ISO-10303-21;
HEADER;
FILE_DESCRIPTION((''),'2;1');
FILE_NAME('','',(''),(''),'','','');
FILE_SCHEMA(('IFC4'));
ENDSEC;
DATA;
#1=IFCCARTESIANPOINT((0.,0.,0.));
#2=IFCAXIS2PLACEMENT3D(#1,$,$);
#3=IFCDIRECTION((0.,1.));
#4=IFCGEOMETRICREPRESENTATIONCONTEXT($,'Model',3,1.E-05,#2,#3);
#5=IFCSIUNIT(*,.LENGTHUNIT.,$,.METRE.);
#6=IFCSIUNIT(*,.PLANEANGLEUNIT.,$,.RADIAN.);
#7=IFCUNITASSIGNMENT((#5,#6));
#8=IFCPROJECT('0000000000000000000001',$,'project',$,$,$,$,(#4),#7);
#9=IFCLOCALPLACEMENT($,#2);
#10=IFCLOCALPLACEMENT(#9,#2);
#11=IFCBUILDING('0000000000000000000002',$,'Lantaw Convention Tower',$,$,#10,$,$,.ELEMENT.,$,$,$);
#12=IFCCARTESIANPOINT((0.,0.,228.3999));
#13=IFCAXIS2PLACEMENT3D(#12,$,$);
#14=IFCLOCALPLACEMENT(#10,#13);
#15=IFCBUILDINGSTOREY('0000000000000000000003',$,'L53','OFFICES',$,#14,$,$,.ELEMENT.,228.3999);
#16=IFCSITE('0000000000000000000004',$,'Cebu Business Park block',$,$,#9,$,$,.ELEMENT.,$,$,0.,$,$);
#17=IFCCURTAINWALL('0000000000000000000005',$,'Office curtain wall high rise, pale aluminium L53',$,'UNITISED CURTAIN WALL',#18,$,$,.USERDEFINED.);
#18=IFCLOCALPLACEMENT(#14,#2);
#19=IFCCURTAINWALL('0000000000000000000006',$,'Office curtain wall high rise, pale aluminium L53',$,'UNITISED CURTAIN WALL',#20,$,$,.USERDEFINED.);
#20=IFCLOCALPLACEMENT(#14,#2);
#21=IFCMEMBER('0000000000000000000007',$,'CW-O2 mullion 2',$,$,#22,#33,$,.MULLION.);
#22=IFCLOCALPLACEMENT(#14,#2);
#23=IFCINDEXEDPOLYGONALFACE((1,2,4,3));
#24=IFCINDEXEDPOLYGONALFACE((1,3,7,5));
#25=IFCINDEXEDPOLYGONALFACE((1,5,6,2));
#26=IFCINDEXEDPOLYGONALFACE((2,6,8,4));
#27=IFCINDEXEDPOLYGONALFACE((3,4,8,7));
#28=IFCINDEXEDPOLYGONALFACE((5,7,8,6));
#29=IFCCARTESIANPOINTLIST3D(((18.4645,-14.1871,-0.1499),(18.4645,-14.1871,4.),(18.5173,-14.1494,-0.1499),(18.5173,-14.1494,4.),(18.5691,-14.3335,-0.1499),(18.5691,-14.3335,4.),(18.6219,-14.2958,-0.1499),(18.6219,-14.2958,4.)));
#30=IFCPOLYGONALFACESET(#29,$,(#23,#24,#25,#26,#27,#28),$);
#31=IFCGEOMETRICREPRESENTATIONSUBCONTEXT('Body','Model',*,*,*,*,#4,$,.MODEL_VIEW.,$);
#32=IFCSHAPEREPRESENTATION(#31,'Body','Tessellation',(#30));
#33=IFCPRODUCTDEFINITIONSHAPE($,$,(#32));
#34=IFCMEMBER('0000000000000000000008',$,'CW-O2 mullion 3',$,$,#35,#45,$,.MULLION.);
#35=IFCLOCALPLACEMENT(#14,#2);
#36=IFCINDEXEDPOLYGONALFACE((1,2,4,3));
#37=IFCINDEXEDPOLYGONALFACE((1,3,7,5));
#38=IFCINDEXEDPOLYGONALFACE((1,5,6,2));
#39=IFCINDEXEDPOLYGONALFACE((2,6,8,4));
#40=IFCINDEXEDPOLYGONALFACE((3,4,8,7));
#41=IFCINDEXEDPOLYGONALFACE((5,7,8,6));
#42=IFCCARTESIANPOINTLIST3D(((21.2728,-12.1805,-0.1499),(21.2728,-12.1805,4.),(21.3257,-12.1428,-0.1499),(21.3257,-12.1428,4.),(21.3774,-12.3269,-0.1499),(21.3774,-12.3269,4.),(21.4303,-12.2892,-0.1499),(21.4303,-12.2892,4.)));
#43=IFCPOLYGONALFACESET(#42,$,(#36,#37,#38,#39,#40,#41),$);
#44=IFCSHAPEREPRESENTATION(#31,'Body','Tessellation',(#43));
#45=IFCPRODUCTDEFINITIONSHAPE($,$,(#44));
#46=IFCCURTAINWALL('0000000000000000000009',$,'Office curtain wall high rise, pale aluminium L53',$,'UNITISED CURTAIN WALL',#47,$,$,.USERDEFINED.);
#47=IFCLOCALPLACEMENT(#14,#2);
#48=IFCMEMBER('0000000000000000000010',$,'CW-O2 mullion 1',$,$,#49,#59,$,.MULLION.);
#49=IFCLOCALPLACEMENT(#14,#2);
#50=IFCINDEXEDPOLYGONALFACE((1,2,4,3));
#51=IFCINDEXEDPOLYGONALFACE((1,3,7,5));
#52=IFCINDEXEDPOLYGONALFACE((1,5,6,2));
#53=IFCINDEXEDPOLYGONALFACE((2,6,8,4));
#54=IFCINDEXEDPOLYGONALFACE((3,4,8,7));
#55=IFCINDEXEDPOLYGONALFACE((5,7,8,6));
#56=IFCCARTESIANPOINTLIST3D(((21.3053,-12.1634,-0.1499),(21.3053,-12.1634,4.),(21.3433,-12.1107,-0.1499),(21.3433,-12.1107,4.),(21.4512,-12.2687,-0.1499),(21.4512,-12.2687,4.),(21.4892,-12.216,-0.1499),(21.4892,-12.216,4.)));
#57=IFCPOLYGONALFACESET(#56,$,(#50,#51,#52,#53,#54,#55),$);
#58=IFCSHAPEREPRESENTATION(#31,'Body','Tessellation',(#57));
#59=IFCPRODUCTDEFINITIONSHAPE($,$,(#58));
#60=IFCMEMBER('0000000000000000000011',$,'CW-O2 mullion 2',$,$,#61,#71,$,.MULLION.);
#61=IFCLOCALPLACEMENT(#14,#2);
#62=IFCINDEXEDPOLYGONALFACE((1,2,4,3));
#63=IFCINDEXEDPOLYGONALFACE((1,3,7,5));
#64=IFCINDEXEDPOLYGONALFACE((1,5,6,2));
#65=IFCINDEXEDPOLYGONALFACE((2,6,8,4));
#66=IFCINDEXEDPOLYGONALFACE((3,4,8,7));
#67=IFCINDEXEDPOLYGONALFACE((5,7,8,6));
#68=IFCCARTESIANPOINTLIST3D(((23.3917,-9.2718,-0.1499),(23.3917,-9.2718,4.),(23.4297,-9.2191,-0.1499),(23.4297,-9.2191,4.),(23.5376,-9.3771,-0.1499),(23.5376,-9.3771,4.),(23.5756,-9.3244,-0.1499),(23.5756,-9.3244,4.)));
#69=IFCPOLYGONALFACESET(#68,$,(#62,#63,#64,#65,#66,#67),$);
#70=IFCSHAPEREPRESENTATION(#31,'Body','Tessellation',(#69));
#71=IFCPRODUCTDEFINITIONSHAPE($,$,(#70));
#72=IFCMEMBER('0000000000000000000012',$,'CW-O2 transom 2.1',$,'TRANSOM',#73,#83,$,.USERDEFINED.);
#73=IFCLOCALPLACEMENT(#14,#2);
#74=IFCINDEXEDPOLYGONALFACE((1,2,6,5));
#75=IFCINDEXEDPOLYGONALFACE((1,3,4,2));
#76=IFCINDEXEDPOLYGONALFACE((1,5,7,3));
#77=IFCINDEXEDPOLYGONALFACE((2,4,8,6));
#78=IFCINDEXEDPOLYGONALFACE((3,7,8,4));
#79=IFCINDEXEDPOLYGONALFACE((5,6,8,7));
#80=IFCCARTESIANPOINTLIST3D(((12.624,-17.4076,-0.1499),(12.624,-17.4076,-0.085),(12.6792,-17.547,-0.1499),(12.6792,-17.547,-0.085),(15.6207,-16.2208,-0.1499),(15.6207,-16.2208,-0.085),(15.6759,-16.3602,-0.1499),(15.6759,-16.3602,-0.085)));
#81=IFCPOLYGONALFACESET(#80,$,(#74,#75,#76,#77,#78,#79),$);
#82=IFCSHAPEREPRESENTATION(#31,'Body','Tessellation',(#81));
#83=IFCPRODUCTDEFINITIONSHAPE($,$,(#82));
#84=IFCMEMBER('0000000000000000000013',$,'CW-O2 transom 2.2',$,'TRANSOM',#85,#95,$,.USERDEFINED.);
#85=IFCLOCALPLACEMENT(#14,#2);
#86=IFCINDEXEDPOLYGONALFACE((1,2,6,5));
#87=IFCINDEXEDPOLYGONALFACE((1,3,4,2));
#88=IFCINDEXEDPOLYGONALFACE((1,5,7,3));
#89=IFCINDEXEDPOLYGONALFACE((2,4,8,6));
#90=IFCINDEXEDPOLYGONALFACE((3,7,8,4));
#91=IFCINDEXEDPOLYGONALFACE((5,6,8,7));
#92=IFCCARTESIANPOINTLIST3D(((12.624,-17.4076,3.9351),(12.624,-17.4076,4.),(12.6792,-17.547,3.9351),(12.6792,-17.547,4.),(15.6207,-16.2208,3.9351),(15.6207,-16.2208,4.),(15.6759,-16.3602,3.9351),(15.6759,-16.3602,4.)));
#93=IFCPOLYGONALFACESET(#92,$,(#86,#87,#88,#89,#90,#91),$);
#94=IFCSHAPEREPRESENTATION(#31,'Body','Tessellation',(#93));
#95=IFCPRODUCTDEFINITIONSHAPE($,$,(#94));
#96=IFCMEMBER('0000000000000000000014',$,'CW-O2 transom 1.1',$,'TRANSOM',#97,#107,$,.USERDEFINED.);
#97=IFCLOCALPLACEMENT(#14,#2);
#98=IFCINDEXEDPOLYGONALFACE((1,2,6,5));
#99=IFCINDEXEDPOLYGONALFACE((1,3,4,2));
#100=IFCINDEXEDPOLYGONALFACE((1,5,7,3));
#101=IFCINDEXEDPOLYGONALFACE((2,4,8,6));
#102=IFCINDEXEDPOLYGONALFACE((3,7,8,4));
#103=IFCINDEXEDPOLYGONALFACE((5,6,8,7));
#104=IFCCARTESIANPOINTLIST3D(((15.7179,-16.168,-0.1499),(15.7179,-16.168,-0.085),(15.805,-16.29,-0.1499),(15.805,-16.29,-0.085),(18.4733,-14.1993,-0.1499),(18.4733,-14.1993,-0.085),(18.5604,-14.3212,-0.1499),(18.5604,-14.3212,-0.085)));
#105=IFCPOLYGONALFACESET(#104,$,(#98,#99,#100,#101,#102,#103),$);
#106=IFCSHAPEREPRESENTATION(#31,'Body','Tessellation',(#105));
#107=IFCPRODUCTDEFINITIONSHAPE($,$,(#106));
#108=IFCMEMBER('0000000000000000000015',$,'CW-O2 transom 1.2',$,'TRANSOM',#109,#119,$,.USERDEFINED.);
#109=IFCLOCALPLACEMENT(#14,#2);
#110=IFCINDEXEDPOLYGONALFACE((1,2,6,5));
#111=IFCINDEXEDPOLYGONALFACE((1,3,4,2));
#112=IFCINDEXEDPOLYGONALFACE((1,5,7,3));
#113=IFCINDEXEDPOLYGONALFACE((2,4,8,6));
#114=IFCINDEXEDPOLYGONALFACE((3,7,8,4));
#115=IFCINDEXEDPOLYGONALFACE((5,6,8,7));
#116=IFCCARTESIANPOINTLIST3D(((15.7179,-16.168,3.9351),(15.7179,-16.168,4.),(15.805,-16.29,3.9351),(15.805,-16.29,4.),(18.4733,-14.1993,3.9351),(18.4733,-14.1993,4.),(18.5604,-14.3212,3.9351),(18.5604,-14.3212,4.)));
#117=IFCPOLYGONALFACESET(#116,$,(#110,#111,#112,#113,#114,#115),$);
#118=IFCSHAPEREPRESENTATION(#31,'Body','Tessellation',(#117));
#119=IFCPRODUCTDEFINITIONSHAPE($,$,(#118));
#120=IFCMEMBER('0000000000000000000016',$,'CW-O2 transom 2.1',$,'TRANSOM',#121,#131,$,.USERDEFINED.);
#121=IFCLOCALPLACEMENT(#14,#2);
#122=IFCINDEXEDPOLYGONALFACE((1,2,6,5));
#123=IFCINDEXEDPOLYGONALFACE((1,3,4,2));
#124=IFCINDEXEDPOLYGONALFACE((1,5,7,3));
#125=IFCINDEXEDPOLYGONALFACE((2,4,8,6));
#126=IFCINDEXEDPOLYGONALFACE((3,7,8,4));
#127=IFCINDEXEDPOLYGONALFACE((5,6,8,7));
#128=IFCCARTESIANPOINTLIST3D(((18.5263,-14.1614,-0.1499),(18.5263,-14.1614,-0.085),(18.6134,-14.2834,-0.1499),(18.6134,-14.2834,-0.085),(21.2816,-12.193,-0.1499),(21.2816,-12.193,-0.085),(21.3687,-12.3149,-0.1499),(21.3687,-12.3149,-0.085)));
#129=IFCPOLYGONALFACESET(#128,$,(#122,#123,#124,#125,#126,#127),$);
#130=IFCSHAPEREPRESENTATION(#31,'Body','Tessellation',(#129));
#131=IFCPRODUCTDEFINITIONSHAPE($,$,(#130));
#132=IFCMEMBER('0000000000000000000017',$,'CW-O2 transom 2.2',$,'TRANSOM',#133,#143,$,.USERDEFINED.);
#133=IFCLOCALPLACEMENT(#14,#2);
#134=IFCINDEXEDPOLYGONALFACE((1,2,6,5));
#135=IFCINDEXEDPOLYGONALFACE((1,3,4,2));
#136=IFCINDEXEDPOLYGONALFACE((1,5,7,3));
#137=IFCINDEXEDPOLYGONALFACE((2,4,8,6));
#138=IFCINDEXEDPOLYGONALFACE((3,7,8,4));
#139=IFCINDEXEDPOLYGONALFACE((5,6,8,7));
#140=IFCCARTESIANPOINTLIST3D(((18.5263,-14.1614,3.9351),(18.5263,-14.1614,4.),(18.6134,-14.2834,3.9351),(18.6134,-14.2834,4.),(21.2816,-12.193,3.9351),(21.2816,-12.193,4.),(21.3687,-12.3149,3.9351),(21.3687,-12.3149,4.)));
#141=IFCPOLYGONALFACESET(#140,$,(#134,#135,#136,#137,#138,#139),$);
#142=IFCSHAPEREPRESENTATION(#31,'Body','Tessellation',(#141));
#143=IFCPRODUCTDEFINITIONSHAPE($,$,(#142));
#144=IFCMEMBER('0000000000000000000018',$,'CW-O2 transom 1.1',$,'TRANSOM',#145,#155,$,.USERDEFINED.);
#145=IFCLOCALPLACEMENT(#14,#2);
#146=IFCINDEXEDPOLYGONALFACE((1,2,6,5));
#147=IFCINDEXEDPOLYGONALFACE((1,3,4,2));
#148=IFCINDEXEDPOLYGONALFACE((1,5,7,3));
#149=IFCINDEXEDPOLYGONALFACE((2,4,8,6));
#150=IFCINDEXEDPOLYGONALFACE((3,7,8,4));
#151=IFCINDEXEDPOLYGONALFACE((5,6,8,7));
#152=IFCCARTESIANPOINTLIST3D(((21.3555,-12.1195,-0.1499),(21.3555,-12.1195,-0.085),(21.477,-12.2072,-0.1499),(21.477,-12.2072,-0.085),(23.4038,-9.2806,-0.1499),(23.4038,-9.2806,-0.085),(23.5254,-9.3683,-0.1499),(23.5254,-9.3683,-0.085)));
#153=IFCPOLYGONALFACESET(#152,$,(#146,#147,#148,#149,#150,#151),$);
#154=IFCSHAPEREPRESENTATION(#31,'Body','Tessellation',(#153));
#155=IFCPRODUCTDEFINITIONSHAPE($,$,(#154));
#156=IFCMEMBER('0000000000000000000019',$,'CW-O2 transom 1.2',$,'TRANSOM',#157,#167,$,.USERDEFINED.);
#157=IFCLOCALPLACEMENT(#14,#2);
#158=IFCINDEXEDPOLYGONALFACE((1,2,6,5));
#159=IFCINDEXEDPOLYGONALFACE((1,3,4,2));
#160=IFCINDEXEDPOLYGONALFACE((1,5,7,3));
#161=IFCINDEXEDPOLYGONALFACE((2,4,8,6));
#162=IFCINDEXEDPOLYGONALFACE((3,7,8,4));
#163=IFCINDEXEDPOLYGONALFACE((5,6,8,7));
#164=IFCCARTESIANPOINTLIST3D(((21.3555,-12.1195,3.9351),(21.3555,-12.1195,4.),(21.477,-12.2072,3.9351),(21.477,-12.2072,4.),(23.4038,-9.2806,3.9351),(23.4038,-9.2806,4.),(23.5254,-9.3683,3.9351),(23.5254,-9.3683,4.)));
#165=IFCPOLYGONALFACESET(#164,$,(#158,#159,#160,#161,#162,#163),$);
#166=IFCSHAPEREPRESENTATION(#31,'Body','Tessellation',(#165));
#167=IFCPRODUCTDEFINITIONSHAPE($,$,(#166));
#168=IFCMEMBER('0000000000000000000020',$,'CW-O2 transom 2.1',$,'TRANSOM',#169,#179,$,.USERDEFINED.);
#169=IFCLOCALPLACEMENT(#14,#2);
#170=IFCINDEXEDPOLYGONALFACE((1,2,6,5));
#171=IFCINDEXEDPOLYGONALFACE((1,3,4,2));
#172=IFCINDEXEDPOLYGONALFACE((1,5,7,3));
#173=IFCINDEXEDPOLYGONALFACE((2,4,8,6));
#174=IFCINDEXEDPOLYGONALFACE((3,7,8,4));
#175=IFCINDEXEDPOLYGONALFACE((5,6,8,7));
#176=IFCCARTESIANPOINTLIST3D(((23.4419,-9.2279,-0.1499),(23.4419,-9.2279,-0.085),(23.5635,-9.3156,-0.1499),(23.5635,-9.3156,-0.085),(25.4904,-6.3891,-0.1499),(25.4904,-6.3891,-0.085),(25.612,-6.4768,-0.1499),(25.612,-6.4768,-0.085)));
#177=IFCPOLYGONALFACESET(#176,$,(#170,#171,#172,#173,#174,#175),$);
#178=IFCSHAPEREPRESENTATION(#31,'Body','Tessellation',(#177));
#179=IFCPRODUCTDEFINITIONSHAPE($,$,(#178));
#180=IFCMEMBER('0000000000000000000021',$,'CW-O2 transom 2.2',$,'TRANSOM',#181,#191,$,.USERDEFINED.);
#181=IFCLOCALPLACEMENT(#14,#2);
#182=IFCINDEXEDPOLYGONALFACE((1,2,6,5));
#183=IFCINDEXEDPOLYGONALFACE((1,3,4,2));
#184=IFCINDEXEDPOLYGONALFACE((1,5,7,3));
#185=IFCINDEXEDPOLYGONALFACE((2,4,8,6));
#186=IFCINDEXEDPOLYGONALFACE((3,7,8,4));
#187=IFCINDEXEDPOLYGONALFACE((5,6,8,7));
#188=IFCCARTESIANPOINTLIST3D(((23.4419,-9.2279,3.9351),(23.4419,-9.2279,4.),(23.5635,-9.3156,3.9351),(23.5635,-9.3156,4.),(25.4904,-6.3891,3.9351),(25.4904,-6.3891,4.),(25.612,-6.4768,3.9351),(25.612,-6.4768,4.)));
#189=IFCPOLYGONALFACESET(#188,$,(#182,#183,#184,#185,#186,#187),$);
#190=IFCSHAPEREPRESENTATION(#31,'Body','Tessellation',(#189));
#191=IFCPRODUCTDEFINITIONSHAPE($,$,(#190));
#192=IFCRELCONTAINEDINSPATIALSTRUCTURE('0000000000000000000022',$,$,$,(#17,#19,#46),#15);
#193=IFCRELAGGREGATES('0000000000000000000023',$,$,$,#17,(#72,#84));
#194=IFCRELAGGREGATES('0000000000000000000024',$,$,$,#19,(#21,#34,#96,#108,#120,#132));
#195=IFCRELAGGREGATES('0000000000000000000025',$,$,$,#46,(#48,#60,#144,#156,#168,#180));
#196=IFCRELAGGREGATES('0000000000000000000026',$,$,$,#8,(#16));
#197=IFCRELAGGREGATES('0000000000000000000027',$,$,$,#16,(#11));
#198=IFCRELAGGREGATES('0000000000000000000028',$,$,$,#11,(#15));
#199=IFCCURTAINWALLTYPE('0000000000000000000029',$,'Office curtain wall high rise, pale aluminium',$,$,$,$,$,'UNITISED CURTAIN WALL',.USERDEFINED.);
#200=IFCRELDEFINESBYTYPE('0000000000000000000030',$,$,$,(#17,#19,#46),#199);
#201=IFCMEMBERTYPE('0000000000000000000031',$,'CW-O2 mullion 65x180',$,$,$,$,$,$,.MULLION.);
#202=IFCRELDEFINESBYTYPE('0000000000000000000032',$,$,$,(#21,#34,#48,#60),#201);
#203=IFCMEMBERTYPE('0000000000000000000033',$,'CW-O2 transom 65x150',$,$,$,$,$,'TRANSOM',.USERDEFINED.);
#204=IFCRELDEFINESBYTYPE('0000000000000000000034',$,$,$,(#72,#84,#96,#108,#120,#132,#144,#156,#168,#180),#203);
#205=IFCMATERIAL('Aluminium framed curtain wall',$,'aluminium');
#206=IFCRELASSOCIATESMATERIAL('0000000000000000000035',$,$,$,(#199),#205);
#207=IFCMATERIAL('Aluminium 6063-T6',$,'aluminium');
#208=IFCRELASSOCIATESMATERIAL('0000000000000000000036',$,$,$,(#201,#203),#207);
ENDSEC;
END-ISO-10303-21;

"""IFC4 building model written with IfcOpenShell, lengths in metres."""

from ifc_helpers import new_model, si_unit, direction, frame, origin, origin_2d, place, context, subcontext, project, spatial, rectangle, extrude, material, material_profile, profile_set, type_object, element, aggregate, save


model = new_model("IFC4")

# Units and contexts
model_context = context("Model", 3, precision=1e-05, world=origin(), true_north=direction((0.0, 1.0)))
body_context = subcontext(model_context, "Body", "Model", "MODEL_VIEW")
ifc_project = project(units=[si_unit("LENGTHUNIT", "METRE"), si_unit("PLANEANGLEUNIT", "RADIAN")], contexts=[model_context])

# Site, building, storey
site_placement = place(None, origin())
site = spatial("IfcSite", under=ifc_project, at=site_placement, Name="Cebu Business Park block", CompositionType="ELEMENT", RefElevation=0.0)
building_placement = place(site_placement, origin())
building = spatial("IfcBuilding", under=site, at=building_placement, Name="Lantaw Convention Tower", CompositionType="ELEMENT")
storey_placement = place(building_placement, frame((0.0, 0.0, 228.3999)))
storey = spatial("IfcBuildingStorey", under=building, at=storey_placement, Name="L53", Description="OFFICES", CompositionType="ELEMENT", Elevation=228.3999)

# Curtain walls, members
ifc_material_1 = material(Name="Aluminium framed curtain wall", Category="aluminium")
curtain_wall_type = type_object("IfcCurtainWallType", Name="Office curtain wall high rise, pale aluminium", ElementType="UNITISED CURTAIN WALL", PredefinedType="USERDEFINED", material=ifc_material_1)
curtain_wall_1_placement = place(storey_placement, origin())
curtain_wall_1 = element("IfcCurtainWall", 1, at=curtain_wall_1_placement, inside=storey, type_object=curtain_wall_type, Name="Office curtain wall high rise, pale aluminium L53", ObjectType="UNITISED CURTAIN WALL", PredefinedType="USERDEFINED")
ifc_material_2 = material(Name="Aluminium 6063-T6", Category="aluminium")
ifc_material_profile_1 = material_profile(ifc_material_2, rectangle(XDim=0.1799, YDim=0.0649, at=origin_2d()), Name="CW-O2 mullion 65x180")
ifc_profile_set_1 = profile_set([ifc_material_profile_1], Name="Aluminium 6063-T6")
member_type_1 = type_object("IfcMemberType", Name="CW-O2 mullion 65x180", PredefinedType="MULLION", material=ifc_profile_set_1)
curtain_wall_2_placement = place(storey_placement, origin())
curtain_wall_2 = element("IfcCurtainWall", 2, at=curtain_wall_2_placement, inside=storey, type_object=curtain_wall_type, Name="Office curtain wall high rise, pale aluminium L53", ObjectType="UNITISED CURTAIN WALL", PredefinedType="USERDEFINED")
member_1_placement = place(storey_placement, frame((18.5432, -14.2415, -0.1499), z_axis=(0.0, 0.0, 1.0), x_axis=(-0.581323, 0.813673, 0.0)))
member_1 = element("IfcMember", 3, at=member_1_placement, type_object=member_type_1, Name="CW-O2 mullion 2", PredefinedType="MULLION", context=body_context, shape_type="SweptSolid", body=[
    extrude(rectangle(XDim=0.1799, YDim=0.0649, at=origin_2d()), origin(), (0.0, 0.0, 1.0), 4.1499),
])
member_2_placement = place(storey_placement, frame((21.3516, -12.2349, -0.1499), z_axis=(0.0, 0.0, 1.0), x_axis=(-0.581323, 0.813673, 0.0)))
member_2 = element("IfcMember", 4, at=member_2_placement, type_object=member_type_1, Name="CW-O2 mullion 3", PredefinedType="MULLION", context=body_context, shape_type="SweptSolid", body=[
    extrude(rectangle(XDim=0.1799, YDim=0.0649, at=origin_2d()), origin(), (0.0, 0.0, 1.0), 4.1499),
])
curtain_wall_3_placement = place(storey_placement, origin())
curtain_wall_3 = element("IfcCurtainWall", 5, at=curtain_wall_3_placement, inside=storey, type_object=curtain_wall_type, Name="Office curtain wall high rise, pale aluminium L53", ObjectType="UNITISED CURTAIN WALL", PredefinedType="USERDEFINED")
member_3_placement = place(storey_placement, frame((21.3972, -12.1897, -0.1499), z_axis=(0.0, 0.0, 1.0), x_axis=(-0.81092, 0.585158, 0.0)))
member_3 = element("IfcMember", 6, at=member_3_placement, type_object=member_type_1, Name="CW-O2 mullion 1", PredefinedType="MULLION", context=body_context, shape_type="SweptSolid", body=[
    extrude(rectangle(XDim=0.1799, YDim=0.0649, at=origin_2d()), origin(), (0.0, 0.0, 1.0), 4.1499),
])
member_4_placement = place(storey_placement, frame((23.4836, -9.2981, -0.1499), z_axis=(0.0, 0.0, 1.0), x_axis=(-0.81092, 0.585158, 0.0)))
member_4 = element("IfcMember", 7, at=member_4_placement, type_object=member_type_1, Name="CW-O2 mullion 2", PredefinedType="MULLION", context=body_context, shape_type="SweptSolid", body=[
    extrude(rectangle(XDim=0.1799, YDim=0.0649, at=origin_2d()), origin(), (0.0, 0.0, 1.0), 4.1499),
])

# Members
ifc_material_profile_2 = material_profile(ifc_material_2, rectangle(XDim=0.1499, YDim=0.0649, at=origin_2d()), Name="CW-O2 transom 65x150")
ifc_profile_set_2 = profile_set([ifc_material_profile_2], Name="Aluminium 6063-T6")
member_type_2 = type_object("IfcMemberType", Name="CW-O2 transom 65x150", ElementType="TRANSOM", PredefinedType="USERDEFINED", material=ifc_profile_set_2)
member_5_placement = place(storey_placement, frame((12.6516, -17.4773, -0.1174), z_axis=(0.929741, 0.368215, 0.0), x_axis=(-0.368215, 0.929741, 0.0)))
member_5 = element("IfcMember", 8, at=member_5_placement, type_object=member_type_2, Name="CW-O2 transom 2.1", ObjectType="TRANSOM", PredefinedType="USERDEFINED", context=body_context, shape_type="SweptSolid", body=[
    extrude(rectangle(XDim=0.1499, YDim=0.0649, at=origin_2d()), origin(), (0.0, 0.0, 1.0), 3.2231),
])
member_6_placement = place(storey_placement, frame((12.6516, -17.4773, 3.9675), z_axis=(0.929741, 0.368215, 0.0), x_axis=(-0.368215, 0.929741, 0.0)))
member_6 = element("IfcMember", 9, at=member_6_placement, type_object=member_type_2, Name="CW-O2 transom 2.2", ObjectType="TRANSOM", PredefinedType="USERDEFINED", context=body_context, shape_type="SweptSolid", body=[
    extrude(rectangle(XDim=0.1499, YDim=0.0649, at=origin_2d()), origin(), (0.0, 0.0, 1.0), 3.2231),
])
member_7_placement = place(storey_placement, frame((15.7615, -16.229, -0.1174), z_axis=(0.813646, 0.581361, 0.0), x_axis=(-0.581361, 0.813646, 0.0)))
member_7 = element("IfcMember", 10, at=member_7_placement, type_object=member_type_2, Name="CW-O2 transom 1.1", ObjectType="TRANSOM", PredefinedType="USERDEFINED", context=body_context, shape_type="SweptSolid", body=[
    extrude(rectangle(XDim=0.1499, YDim=0.0649, at=origin_2d()), origin(), (0.0, 0.0, 1.0), 3.3865),
])
member_8_placement = place(storey_placement, frame((15.7615, -16.229, 3.9675), z_axis=(0.813646, 0.581361, 0.0), x_axis=(-0.581361, 0.813646, 0.0)))
member_8 = element("IfcMember", 11, at=member_8_placement, type_object=member_type_2, Name="CW-O2 transom 1.2", ObjectType="TRANSOM", PredefinedType="USERDEFINED", context=body_context, shape_type="SweptSolid", body=[
    extrude(rectangle(XDim=0.1499, YDim=0.0649, at=origin_2d()), origin(), (0.0, 0.0, 1.0), 3.3865),
])
member_9_placement = place(storey_placement, frame((18.5698, -14.2224, -0.1174), z_axis=(0.81368, 0.581313, 0.0), x_axis=(-0.581313, 0.81368, 0.0)))
member_9 = element("IfcMember", 12, at=member_9_placement, type_object=member_type_2, Name="CW-O2 transom 2.1", ObjectType="TRANSOM", PredefinedType="USERDEFINED", context=body_context, shape_type="SweptSolid", body=[
    extrude(rectangle(XDim=0.1499, YDim=0.0649, at=origin_2d()), origin(), (0.0, 0.0, 1.0), 3.3862),
])
member_10_placement = place(storey_placement, frame((18.5698, -14.2224, 3.9675), z_axis=(0.81368, 0.581313, 0.0), x_axis=(-0.581313, 0.81368, 0.0)))
member_10 = element("IfcMember", 13, at=member_10_placement, type_object=member_type_2, Name="CW-O2 transom 2.2", ObjectType="TRANSOM", PredefinedType="USERDEFINED", context=body_context, shape_type="SweptSolid", body=[
    extrude(rectangle(XDim=0.1499, YDim=0.0649, at=origin_2d()), origin(), (0.0, 0.0, 1.0), 3.3862),
])
member_11_placement = place(storey_placement, frame((21.4163, -12.1633, -0.1174), z_axis=(0.585124, 0.810944, 0.0), x_axis=(-0.810944, 0.585124, 0.0)))
member_11 = element("IfcMember", 14, at=member_11_placement, type_object=member_type_2, Name="CW-O2 transom 1.1", ObjectType="TRANSOM", PredefinedType="USERDEFINED", context=body_context, shape_type="SweptSolid", body=[
    extrude(rectangle(XDim=0.1499, YDim=0.0649, at=origin_2d()), origin(), (0.0, 0.0, 1.0), 3.5007),
])
member_12_placement = place(storey_placement, frame((21.4163, -12.1633, 3.9675), z_axis=(0.585124, 0.810944, 0.0), x_axis=(-0.810944, 0.585124, 0.0)))
member_12 = element("IfcMember", 15, at=member_12_placement, type_object=member_type_2, Name="CW-O2 transom 1.2", ObjectType="TRANSOM", PredefinedType="USERDEFINED", context=body_context, shape_type="SweptSolid", body=[
    extrude(rectangle(XDim=0.1499, YDim=0.0649, at=origin_2d()), origin(), (0.0, 0.0, 1.0), 3.5007),
])
member_13_placement = place(storey_placement, frame((23.5027, -9.2717, -0.1174), z_axis=(0.58517, 0.810911, 0.0), x_axis=(-0.810911, 0.58517, 0.0)))
member_13 = element("IfcMember", 16, at=member_13_placement, type_object=member_type_2, Name="CW-O2 transom 2.1", ObjectType="TRANSOM", PredefinedType="USERDEFINED", context=body_context, shape_type="SweptSolid", body=[
    extrude(rectangle(XDim=0.1499, YDim=0.0649, at=origin_2d()), origin(), (0.0, 0.0, 1.0), 3.5007),
])
member_14_placement = place(storey_placement, frame((23.5027, -9.2717, 3.9675), z_axis=(0.58517, 0.810911, 0.0), x_axis=(-0.810911, 0.58517, 0.0)))
member_14 = element("IfcMember", 17, at=member_14_placement, type_object=member_type_2, Name="CW-O2 transom 2.2", ObjectType="TRANSOM", PredefinedType="USERDEFINED", context=body_context, shape_type="SweptSolid", body=[
    extrude(rectangle(XDim=0.1499, YDim=0.0649, at=origin_2d()), origin(), (0.0, 0.0, 1.0), 3.5007),
])

aggregate(curtain_wall_1, [member_5, member_6])
aggregate(curtain_wall_2, [member_1, member_2, member_7, member_8, member_9, member_10])
aggregate(curtain_wall_3, [member_3, member_4, member_11, member_12, member_13, member_14])

save(model, "model.ifc")
